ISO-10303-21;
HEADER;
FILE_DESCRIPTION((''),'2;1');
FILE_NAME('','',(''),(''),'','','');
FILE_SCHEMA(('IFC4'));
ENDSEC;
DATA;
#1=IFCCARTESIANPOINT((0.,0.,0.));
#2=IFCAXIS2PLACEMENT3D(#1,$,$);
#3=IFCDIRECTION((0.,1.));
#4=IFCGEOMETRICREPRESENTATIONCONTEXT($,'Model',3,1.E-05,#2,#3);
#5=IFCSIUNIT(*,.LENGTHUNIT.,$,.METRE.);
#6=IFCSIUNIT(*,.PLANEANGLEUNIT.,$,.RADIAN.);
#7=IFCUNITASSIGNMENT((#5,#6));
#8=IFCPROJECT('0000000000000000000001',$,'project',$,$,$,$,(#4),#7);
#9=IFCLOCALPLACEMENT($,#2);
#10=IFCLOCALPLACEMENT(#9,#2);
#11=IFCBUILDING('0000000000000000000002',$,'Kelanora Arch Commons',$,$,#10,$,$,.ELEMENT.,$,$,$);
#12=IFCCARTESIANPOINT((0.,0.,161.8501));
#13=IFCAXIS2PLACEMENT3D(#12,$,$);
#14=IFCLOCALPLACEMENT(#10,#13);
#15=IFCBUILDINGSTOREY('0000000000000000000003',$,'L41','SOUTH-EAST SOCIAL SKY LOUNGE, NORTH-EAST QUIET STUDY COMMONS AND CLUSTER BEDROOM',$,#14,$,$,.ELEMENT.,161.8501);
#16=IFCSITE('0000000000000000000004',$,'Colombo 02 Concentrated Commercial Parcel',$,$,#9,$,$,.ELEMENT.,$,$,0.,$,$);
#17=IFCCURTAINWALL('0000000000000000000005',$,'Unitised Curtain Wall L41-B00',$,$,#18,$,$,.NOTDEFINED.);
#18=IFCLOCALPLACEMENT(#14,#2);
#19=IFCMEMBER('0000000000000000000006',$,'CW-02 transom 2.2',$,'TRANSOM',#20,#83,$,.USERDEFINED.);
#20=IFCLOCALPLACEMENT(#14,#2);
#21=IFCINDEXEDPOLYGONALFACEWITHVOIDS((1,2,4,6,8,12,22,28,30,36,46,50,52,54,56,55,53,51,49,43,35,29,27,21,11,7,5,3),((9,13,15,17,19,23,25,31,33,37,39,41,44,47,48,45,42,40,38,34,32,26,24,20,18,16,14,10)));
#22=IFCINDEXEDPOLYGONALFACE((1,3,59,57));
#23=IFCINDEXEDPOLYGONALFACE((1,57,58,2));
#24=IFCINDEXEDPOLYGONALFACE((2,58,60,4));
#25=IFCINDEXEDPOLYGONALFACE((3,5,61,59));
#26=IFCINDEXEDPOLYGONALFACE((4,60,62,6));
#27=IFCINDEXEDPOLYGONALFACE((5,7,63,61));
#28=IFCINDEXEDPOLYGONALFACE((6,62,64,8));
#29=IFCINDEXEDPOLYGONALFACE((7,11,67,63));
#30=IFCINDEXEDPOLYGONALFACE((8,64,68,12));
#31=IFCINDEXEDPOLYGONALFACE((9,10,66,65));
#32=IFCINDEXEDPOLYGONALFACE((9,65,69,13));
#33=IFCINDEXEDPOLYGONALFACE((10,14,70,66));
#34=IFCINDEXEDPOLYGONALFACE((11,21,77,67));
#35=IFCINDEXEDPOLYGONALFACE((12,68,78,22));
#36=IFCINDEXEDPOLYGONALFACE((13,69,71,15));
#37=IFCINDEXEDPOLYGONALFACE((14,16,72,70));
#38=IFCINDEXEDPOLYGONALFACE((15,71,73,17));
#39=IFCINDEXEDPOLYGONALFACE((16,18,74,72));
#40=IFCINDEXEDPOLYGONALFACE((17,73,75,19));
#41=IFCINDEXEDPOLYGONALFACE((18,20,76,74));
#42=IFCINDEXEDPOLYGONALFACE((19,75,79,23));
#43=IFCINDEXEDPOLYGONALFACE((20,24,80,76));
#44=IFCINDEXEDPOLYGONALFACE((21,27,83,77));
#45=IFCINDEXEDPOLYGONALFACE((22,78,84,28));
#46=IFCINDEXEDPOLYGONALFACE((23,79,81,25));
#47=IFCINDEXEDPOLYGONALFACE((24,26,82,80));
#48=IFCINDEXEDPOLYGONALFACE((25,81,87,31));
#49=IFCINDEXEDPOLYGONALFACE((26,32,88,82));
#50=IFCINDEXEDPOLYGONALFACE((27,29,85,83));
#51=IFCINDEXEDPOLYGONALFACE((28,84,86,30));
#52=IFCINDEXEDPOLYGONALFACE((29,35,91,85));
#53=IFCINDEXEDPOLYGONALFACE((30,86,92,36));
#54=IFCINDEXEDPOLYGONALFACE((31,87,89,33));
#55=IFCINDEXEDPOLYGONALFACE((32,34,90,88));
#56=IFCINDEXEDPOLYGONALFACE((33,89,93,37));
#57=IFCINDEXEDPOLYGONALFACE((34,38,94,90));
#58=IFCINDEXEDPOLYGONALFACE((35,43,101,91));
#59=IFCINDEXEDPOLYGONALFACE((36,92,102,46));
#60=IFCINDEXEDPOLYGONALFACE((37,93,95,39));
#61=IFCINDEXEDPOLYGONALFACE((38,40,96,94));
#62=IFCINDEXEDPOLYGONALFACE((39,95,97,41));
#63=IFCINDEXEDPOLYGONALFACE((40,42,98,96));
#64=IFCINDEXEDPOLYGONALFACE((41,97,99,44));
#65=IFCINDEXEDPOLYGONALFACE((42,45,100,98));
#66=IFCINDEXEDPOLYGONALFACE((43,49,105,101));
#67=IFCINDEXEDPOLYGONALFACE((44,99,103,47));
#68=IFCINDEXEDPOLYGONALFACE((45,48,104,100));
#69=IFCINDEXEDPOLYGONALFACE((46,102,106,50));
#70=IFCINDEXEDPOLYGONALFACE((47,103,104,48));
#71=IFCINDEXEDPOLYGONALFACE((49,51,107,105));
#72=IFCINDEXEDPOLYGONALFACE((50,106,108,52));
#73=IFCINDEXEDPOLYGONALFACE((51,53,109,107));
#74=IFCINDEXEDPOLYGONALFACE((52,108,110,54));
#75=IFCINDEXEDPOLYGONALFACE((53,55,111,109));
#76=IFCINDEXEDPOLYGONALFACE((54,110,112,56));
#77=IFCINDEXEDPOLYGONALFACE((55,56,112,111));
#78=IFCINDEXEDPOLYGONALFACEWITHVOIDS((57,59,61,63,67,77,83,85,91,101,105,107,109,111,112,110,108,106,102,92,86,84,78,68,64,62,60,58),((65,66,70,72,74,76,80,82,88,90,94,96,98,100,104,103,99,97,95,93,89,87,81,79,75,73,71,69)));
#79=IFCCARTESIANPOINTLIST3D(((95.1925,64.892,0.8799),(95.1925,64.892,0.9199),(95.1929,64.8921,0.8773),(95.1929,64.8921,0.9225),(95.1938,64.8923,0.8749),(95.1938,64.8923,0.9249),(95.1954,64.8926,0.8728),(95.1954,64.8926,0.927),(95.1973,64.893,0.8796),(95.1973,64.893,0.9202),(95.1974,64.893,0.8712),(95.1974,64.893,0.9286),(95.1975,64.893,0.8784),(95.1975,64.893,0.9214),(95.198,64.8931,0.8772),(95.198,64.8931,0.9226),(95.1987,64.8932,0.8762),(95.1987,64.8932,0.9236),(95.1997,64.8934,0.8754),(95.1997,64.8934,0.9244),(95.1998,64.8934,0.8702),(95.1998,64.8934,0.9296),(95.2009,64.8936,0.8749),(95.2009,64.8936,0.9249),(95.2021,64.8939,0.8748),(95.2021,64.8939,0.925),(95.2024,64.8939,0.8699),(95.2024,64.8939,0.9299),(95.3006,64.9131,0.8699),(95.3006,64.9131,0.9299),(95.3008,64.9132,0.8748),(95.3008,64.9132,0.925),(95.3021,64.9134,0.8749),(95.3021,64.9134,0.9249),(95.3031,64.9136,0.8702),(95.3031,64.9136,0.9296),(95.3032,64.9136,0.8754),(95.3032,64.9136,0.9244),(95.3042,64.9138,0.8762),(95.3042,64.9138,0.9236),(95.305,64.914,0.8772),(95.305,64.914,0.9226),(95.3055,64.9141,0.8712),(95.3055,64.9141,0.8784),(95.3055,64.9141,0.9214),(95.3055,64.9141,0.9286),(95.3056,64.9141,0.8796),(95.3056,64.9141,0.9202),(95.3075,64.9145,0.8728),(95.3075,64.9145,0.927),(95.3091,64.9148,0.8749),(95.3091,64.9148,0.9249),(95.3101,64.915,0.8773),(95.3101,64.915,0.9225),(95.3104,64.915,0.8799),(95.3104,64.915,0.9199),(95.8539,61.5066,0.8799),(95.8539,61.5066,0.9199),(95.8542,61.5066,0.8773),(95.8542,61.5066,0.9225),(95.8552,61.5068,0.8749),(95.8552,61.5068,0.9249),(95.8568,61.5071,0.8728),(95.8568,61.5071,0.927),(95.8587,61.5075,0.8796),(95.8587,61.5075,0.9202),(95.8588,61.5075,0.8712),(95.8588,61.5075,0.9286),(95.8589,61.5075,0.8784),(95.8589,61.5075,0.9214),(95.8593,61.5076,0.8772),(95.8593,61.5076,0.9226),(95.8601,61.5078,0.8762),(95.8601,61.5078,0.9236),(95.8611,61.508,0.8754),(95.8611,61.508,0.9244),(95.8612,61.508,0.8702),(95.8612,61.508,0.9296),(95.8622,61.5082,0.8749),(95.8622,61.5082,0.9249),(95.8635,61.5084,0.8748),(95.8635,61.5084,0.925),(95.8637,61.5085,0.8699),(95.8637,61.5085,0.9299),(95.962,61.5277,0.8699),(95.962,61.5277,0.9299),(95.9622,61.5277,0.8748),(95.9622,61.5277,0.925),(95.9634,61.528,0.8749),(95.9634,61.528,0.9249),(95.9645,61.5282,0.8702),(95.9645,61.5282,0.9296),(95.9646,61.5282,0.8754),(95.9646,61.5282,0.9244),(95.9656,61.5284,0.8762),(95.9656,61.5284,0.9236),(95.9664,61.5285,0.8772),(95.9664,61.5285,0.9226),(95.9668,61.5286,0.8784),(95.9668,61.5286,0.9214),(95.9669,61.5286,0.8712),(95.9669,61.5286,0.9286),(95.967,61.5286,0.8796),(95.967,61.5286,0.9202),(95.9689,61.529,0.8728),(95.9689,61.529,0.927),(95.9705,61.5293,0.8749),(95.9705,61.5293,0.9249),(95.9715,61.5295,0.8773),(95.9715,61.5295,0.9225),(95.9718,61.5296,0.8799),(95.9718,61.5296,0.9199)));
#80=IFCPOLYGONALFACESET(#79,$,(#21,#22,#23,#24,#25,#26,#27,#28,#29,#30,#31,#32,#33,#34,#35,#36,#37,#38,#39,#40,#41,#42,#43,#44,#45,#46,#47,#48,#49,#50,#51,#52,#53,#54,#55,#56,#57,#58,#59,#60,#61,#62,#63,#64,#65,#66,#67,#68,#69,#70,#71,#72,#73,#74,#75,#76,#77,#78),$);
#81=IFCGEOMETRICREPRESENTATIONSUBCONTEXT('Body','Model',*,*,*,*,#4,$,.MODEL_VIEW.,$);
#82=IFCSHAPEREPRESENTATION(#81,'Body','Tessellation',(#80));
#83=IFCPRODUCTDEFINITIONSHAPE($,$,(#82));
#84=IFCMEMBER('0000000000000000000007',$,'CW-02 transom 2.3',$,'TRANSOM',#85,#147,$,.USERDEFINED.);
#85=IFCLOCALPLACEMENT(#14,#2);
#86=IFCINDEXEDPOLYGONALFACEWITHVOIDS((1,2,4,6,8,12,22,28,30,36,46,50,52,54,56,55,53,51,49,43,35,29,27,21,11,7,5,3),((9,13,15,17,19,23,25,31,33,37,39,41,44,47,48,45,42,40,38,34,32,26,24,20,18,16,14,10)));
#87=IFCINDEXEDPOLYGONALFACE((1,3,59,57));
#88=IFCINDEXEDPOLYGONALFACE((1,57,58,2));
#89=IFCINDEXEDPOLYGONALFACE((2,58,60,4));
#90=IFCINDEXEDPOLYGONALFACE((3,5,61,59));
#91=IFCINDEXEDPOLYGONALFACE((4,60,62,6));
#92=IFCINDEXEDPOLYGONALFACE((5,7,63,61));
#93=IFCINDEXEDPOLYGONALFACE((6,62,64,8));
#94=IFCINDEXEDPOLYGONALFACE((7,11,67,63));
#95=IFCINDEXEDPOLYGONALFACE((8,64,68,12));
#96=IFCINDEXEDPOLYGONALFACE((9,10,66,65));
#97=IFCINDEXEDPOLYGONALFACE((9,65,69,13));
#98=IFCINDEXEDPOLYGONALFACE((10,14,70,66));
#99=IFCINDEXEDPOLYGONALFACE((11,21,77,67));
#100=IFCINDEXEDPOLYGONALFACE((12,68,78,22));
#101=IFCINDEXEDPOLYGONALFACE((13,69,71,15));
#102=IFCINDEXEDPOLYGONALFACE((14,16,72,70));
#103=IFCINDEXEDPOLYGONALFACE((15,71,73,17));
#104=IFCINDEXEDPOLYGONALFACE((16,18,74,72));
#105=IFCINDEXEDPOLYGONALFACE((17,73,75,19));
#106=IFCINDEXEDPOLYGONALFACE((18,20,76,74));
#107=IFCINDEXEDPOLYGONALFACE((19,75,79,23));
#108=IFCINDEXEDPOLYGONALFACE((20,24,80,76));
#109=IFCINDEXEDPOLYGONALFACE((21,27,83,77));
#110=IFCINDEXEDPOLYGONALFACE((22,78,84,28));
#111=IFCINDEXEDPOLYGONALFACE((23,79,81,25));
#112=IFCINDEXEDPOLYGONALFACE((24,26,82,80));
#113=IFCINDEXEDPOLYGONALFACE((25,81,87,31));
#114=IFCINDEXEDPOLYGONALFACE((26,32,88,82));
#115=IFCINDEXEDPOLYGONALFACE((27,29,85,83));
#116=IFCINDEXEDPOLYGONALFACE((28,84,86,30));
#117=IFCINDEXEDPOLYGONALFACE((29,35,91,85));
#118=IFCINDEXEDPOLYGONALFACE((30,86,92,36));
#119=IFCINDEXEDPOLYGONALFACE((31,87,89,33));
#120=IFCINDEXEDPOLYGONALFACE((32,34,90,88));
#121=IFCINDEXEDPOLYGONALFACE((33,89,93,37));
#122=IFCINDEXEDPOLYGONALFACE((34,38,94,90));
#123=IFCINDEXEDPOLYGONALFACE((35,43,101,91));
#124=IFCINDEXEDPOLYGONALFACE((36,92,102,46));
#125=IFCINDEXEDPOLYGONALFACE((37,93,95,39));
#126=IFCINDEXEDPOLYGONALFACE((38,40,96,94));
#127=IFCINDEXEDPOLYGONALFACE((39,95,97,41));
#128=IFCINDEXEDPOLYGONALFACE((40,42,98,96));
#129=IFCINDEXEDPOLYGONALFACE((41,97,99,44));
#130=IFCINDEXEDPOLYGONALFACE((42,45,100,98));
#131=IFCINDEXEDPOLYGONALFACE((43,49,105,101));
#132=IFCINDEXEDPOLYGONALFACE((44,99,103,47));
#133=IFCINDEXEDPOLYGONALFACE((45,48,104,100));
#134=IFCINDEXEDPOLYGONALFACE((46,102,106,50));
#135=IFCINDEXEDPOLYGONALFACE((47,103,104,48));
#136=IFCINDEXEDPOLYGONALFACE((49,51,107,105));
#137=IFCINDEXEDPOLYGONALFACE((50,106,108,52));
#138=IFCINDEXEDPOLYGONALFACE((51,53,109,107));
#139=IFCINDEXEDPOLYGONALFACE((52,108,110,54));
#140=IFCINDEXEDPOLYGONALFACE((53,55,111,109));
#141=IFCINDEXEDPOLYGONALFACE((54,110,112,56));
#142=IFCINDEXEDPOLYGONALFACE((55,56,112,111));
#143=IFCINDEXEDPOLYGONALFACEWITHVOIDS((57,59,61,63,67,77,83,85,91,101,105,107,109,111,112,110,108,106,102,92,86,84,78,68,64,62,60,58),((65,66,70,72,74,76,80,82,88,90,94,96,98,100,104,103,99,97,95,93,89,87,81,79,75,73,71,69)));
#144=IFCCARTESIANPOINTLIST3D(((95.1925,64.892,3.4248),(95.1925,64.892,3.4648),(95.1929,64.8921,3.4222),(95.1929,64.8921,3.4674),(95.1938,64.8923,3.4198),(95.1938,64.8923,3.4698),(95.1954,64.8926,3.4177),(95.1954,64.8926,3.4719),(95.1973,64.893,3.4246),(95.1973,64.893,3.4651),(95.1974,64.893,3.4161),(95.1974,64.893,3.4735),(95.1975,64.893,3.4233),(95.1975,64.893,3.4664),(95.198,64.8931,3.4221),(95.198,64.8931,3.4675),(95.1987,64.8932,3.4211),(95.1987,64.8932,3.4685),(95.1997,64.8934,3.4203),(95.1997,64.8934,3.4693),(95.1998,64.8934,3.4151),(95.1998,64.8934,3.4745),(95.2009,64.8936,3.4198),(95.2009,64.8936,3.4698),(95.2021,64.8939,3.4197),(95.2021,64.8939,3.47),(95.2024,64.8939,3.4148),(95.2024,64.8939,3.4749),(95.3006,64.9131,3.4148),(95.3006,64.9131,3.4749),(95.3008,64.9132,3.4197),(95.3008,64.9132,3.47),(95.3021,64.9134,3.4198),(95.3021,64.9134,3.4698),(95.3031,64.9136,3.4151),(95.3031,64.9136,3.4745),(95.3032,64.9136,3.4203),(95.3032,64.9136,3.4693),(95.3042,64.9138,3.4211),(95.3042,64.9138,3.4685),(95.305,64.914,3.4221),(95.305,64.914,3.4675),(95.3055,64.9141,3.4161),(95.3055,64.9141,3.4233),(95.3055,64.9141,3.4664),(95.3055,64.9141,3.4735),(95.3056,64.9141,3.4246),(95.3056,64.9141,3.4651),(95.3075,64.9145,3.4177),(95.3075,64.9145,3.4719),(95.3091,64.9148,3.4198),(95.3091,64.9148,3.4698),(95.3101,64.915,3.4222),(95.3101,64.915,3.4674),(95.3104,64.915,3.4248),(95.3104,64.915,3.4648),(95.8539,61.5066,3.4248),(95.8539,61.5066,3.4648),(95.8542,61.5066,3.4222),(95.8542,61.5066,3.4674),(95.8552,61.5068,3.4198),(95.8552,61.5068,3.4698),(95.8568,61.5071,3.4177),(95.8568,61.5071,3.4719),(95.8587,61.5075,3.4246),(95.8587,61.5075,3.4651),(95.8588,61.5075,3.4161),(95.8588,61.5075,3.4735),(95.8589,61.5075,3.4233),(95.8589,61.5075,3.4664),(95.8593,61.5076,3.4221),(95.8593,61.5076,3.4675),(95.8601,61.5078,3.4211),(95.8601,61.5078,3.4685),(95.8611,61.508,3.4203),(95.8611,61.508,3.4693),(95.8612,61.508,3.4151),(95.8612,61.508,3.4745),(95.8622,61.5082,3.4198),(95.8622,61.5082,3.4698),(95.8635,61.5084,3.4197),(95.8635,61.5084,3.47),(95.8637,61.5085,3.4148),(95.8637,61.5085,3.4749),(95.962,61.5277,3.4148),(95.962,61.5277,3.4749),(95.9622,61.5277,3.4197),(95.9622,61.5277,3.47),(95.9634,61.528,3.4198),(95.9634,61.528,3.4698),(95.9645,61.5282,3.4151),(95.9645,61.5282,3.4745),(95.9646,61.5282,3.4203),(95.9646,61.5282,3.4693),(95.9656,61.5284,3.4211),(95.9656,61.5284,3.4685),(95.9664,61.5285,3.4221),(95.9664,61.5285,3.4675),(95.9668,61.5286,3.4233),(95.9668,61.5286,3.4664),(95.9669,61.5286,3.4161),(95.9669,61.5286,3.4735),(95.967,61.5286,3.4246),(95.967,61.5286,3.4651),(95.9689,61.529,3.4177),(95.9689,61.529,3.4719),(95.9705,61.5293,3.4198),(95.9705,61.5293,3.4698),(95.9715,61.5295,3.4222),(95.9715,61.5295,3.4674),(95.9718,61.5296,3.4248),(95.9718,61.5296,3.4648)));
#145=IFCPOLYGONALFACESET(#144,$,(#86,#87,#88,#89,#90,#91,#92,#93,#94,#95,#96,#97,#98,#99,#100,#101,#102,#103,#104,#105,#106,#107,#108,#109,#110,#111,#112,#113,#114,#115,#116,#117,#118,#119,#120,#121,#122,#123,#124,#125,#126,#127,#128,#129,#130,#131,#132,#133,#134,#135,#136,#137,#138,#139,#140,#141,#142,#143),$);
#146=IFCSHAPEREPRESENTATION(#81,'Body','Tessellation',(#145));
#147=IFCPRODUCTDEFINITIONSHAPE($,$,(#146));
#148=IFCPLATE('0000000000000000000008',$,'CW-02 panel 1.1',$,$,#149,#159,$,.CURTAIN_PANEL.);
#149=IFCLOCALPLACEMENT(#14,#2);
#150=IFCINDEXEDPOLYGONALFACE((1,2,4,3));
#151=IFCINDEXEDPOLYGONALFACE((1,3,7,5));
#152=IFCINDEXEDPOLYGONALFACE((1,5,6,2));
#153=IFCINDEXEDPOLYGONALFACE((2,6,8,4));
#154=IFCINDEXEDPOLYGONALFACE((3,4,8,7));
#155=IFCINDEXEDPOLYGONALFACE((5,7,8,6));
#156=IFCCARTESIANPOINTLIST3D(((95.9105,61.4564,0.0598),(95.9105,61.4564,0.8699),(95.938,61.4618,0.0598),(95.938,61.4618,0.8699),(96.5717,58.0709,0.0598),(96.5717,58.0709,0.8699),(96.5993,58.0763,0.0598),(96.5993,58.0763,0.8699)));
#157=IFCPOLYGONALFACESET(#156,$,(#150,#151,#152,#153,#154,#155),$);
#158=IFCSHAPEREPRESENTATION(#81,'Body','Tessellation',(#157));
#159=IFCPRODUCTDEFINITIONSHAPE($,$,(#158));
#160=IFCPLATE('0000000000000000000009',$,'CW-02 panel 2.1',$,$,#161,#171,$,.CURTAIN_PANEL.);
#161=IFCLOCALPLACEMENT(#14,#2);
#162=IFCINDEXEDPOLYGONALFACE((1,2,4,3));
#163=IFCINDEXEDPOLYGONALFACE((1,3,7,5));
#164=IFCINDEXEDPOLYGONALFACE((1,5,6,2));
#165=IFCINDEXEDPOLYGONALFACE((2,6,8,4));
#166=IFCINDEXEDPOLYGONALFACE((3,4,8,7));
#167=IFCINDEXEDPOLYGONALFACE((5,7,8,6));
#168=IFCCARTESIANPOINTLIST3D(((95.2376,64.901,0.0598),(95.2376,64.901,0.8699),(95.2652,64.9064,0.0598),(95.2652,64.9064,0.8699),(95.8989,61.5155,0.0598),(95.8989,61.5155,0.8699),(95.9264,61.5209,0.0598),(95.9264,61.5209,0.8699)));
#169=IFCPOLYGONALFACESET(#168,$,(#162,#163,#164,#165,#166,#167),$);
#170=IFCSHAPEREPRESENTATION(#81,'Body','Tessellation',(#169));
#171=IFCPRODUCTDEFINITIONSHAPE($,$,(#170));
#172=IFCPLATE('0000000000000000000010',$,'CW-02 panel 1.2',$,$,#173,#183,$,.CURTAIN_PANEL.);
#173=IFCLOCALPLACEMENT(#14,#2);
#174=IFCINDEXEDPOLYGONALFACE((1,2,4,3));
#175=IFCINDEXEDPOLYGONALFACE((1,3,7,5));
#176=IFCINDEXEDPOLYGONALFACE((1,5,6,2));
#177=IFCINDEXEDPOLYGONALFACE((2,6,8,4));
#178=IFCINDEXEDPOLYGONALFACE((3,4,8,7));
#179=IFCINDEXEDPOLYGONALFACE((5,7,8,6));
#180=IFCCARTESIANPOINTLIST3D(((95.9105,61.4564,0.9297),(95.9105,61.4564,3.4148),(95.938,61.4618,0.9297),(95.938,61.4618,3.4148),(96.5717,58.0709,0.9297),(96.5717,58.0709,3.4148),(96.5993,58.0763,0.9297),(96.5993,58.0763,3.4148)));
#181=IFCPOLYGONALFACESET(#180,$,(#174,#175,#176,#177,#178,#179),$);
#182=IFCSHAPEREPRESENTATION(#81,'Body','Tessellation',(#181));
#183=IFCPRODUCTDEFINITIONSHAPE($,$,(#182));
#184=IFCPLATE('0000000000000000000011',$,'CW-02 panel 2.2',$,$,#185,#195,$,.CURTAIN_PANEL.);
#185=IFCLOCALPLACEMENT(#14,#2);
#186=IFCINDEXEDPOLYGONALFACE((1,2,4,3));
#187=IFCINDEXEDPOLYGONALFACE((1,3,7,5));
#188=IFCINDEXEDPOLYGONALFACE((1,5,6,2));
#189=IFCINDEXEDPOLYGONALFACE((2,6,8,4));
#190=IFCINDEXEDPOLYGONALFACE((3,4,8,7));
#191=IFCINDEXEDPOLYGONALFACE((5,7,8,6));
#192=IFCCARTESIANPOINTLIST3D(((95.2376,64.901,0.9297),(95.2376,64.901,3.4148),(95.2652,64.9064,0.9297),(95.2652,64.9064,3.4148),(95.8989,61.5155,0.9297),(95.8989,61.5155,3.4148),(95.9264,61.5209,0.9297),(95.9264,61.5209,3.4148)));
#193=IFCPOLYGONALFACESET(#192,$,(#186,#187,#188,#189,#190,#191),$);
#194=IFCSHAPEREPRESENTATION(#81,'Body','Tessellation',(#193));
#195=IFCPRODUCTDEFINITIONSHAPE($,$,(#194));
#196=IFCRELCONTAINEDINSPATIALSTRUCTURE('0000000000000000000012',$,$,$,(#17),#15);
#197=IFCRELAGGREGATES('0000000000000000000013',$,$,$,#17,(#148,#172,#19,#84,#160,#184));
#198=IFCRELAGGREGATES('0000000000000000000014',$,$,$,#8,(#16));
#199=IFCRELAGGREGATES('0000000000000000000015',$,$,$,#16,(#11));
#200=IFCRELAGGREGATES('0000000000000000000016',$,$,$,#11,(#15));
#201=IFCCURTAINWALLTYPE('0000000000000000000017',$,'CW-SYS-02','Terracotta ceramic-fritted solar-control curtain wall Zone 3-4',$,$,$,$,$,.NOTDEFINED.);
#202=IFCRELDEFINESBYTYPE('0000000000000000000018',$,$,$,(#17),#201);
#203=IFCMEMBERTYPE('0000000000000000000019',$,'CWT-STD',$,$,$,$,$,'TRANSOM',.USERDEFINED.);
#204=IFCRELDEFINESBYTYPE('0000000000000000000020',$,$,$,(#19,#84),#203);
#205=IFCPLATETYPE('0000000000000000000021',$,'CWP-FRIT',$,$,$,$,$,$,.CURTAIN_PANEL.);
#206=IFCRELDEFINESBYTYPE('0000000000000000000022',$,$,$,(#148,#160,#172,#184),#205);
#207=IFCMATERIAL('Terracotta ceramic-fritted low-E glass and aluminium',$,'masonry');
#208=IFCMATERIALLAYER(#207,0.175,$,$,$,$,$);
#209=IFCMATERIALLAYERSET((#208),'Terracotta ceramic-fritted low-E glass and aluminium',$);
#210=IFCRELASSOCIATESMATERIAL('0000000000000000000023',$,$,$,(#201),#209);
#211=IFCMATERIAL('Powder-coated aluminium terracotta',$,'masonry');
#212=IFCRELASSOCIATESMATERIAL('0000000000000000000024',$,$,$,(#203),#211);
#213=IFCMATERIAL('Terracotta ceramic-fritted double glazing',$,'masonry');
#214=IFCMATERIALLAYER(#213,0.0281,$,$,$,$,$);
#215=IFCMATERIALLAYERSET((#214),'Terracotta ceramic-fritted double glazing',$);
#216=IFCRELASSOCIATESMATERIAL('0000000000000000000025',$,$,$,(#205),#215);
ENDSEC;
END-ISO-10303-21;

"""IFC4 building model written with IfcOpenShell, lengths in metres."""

from ifc_helpers import new_model, si_unit, direction, frame, origin, origin_2d, place, context, subcontext, project, spatial, rectangle, hollow_rectangle, extrude, source, transform, mapped, material, layer, layer_set, material_profile, profile_set, type_object, element, aggregate, save


model = new_model("IFC4")

# Units and contexts
model_context = context("Model", 3, precision=1e-05, world=origin(), true_north=direction((0.0, 1.0)))
body_context = subcontext(model_context, "Body", "Model", "MODEL_VIEW")
ifc_project = project(units=[si_unit("LENGTHUNIT", "METRE"), si_unit("PLANEANGLEUNIT", "RADIAN")], contexts=[model_context])

# Site, building, storey
site_placement = place(None, origin())
site = spatial("IfcSite", under=ifc_project, at=site_placement, Name="Colombo 02 Concentrated Commercial Parcel", CompositionType="ELEMENT", RefElevation=0.0)
building_placement = place(site_placement, origin())
building = spatial("IfcBuilding", under=site, at=building_placement, Name="Kelanora Arch Commons", CompositionType="ELEMENT")
storey_placement = place(building_placement, frame((0.0, 0.0, 161.8501)))
storey = spatial("IfcBuildingStorey", under=building, at=storey_placement, Name="L41", Description="SOUTH-EAST SOCIAL SKY LOUNGE, NORTH-EAST QUIET STUDY COMMONS AND CLUSTER BEDROOM", CompositionType="ELEMENT", Elevation=161.8501)

# Curtain wall, members, plates
ifc_material_1 = material(Name="Terracotta ceramic-fritted low-E glass and aluminium", Category="masonry")
ifc_layer_1 = layer(ifc_material_1, 0.175)
ifc_layer_set_1 = layer_set([ifc_layer_1], Name="Terracotta ceramic-fritted low-E glass and aluminium")
curtain_wall_type = type_object("IfcCurtainWallType", Name="CW-SYS-02", Description="Terracotta ceramic-fritted solar-control curtain wall Zone 3-4", PredefinedType="NOTDEFINED", material=ifc_layer_set_1)
curtain_wall_placement = place(storey_placement, origin())
curtain_wall = element("IfcCurtainWall", 1, at=curtain_wall_placement, inside=storey, type_object=curtain_wall_type, Name="Unitised Curtain Wall L41-B00", PredefinedType="NOTDEFINED")
ifc_material_2 = material(Name="Powder-coated aluminium terracotta", Category="masonry")
ifc_material_profile_1 = material_profile(ifc_material_2, hollow_rectangle(XDim=0.1201, YDim=0.0601, WallThickness=0.0049, InnerFilletRadius=0.0049, OuterFilletRadius=0.01, at=origin_2d()), Name="CWT120x60")
ifc_profile_set_1 = profile_set([ifc_material_profile_1], Name="Powder-coated aluminium terracotta")
member_type_1 = type_object("IfcMemberType", Name="CWT-STD", ElementType="TRANSOM", PredefinedType="USERDEFINED", material=ifc_profile_set_1)
member_1_placement = place(storey_placement, frame((95.9128, 61.5181, 0.8999), z_axis=(-0.191732, 0.981447, 0.0), x_axis=(-0.981447, -0.191732, 0.0)))
member_1 = element("IfcMember", 2, at=member_1_placement, type_object=member_type_1, Name="CW-02 transom 2.2", ObjectType="TRANSOM", PredefinedType="USERDEFINED", context=body_context, shape_type="SweptSolid", body=[
    extrude(hollow_rectangle(XDim=0.1201, YDim=0.0601, WallThickness=0.0049, InnerFilletRadius=0.0049, OuterFilletRadius=0.01, at=origin_2d()), origin(), (0.0, 0.0, 1.0), 3.4495),
])
member_2_placement = place(storey_placement, frame((95.9128, 61.5181, 3.4448), z_axis=(-0.191732, 0.981447, 0.0), x_axis=(-0.981447, -0.191732, 0.0)))
member_2 = element("IfcMember", 3, at=member_2_placement, type_object=member_type_1, Name="CW-02 transom 2.3", ObjectType="TRANSOM", PredefinedType="USERDEFINED", context=body_context, shape_type="SweptSolid", body=[
    extrude(hollow_rectangle(XDim=0.1201, YDim=0.0601, WallThickness=0.0049, InnerFilletRadius=0.0049, OuterFilletRadius=0.01, at=origin_2d()), origin(), (0.0, 0.0, 1.0), 3.4495),
])
ifc_material_3 = material(Name="Terracotta ceramic-fritted double glazing", Category="masonry")
ifc_layer_2 = layer(ifc_material_3, 0.0281)
ifc_layer_set_2 = layer_set([ifc_layer_2], Name="Terracotta ceramic-fritted double glazing")
plate_type = type_object("IfcPlateType", Name="CWP-FRIT", PredefinedType="CURTAIN_PANEL", material=ifc_layer_set_2)
shared_shape_1 = source(origin(), body_context, "Body", "SweptSolid", [
    extrude(rectangle(XDim=3.4495, YDim=0.0281, at=origin_2d()), origin(), (0.0, 0.0, 1.0), 0.8101),
])
plate_1_placement = place(storey_placement, frame((96.2549, 59.7664, 0.0598), z_axis=(0.0, 0.0, 1.0), x_axis=(-0.191705, 0.981453, 0.0)))
plate_1 = element("IfcPlate", 4, at=plate_1_placement, type_object=plate_type, Name="CW-02 panel 1.1", PredefinedType="CURTAIN_PANEL", context=body_context, shape_type="MappedRepresentation", body=[
    mapped(shared_shape_1, transform((0.0, 0.0, 0.0), scale=1.0)),
])
plate_2_placement = place(storey_placement, frame((95.582, 63.2109, 0.0598), z_axis=(0.0, 0.0, 1.0), x_axis=(-0.191705, 0.981453, 0.0)))
plate_2 = element("IfcPlate", 5, at=plate_2_placement, type_object=plate_type, Name="CW-02 panel 2.1", PredefinedType="CURTAIN_PANEL", context=body_context, shape_type="MappedRepresentation", body=[
    mapped(shared_shape_1, transform((0.0, 0.0, 0.0), scale=1.0)),
])
shared_shape_2 = source(origin(), body_context, "Body", "SweptSolid", [
    extrude(rectangle(XDim=3.4495, YDim=0.0281, at=origin_2d()), origin(), (0.0, 0.0, 1.0), 2.4851),
])
plate_3_placement = place(storey_placement, frame((96.2549, 59.7664, 0.9297), z_axis=(0.0, 0.0, 1.0), x_axis=(-0.191705, 0.981453, 0.0)))
plate_3 = element("IfcPlate", 6, at=plate_3_placement, type_object=plate_type, Name="CW-02 panel 1.2", PredefinedType="CURTAIN_PANEL", context=body_context, shape_type="MappedRepresentation", body=[
    mapped(shared_shape_2, transform((0.0, 0.0, 0.0), scale=1.0)),
])
plate_4_placement = place(storey_placement, frame((95.582, 63.2109, 0.9297), z_axis=(0.0, 0.0, 1.0), x_axis=(-0.191705, 0.981453, 0.0)))
plate_4 = element("IfcPlate", 7, at=plate_4_placement, type_object=plate_type, Name="CW-02 panel 2.2", PredefinedType="CURTAIN_PANEL", context=body_context, shape_type="MappedRepresentation", body=[
    mapped(shared_shape_2, transform((0.0, 0.0, 0.0), scale=1.0)),
])
aggregate(curtain_wall, [plate_1, plate_3, member_1, member_2, plate_2, plate_4])

save(model, "model.ifc")
